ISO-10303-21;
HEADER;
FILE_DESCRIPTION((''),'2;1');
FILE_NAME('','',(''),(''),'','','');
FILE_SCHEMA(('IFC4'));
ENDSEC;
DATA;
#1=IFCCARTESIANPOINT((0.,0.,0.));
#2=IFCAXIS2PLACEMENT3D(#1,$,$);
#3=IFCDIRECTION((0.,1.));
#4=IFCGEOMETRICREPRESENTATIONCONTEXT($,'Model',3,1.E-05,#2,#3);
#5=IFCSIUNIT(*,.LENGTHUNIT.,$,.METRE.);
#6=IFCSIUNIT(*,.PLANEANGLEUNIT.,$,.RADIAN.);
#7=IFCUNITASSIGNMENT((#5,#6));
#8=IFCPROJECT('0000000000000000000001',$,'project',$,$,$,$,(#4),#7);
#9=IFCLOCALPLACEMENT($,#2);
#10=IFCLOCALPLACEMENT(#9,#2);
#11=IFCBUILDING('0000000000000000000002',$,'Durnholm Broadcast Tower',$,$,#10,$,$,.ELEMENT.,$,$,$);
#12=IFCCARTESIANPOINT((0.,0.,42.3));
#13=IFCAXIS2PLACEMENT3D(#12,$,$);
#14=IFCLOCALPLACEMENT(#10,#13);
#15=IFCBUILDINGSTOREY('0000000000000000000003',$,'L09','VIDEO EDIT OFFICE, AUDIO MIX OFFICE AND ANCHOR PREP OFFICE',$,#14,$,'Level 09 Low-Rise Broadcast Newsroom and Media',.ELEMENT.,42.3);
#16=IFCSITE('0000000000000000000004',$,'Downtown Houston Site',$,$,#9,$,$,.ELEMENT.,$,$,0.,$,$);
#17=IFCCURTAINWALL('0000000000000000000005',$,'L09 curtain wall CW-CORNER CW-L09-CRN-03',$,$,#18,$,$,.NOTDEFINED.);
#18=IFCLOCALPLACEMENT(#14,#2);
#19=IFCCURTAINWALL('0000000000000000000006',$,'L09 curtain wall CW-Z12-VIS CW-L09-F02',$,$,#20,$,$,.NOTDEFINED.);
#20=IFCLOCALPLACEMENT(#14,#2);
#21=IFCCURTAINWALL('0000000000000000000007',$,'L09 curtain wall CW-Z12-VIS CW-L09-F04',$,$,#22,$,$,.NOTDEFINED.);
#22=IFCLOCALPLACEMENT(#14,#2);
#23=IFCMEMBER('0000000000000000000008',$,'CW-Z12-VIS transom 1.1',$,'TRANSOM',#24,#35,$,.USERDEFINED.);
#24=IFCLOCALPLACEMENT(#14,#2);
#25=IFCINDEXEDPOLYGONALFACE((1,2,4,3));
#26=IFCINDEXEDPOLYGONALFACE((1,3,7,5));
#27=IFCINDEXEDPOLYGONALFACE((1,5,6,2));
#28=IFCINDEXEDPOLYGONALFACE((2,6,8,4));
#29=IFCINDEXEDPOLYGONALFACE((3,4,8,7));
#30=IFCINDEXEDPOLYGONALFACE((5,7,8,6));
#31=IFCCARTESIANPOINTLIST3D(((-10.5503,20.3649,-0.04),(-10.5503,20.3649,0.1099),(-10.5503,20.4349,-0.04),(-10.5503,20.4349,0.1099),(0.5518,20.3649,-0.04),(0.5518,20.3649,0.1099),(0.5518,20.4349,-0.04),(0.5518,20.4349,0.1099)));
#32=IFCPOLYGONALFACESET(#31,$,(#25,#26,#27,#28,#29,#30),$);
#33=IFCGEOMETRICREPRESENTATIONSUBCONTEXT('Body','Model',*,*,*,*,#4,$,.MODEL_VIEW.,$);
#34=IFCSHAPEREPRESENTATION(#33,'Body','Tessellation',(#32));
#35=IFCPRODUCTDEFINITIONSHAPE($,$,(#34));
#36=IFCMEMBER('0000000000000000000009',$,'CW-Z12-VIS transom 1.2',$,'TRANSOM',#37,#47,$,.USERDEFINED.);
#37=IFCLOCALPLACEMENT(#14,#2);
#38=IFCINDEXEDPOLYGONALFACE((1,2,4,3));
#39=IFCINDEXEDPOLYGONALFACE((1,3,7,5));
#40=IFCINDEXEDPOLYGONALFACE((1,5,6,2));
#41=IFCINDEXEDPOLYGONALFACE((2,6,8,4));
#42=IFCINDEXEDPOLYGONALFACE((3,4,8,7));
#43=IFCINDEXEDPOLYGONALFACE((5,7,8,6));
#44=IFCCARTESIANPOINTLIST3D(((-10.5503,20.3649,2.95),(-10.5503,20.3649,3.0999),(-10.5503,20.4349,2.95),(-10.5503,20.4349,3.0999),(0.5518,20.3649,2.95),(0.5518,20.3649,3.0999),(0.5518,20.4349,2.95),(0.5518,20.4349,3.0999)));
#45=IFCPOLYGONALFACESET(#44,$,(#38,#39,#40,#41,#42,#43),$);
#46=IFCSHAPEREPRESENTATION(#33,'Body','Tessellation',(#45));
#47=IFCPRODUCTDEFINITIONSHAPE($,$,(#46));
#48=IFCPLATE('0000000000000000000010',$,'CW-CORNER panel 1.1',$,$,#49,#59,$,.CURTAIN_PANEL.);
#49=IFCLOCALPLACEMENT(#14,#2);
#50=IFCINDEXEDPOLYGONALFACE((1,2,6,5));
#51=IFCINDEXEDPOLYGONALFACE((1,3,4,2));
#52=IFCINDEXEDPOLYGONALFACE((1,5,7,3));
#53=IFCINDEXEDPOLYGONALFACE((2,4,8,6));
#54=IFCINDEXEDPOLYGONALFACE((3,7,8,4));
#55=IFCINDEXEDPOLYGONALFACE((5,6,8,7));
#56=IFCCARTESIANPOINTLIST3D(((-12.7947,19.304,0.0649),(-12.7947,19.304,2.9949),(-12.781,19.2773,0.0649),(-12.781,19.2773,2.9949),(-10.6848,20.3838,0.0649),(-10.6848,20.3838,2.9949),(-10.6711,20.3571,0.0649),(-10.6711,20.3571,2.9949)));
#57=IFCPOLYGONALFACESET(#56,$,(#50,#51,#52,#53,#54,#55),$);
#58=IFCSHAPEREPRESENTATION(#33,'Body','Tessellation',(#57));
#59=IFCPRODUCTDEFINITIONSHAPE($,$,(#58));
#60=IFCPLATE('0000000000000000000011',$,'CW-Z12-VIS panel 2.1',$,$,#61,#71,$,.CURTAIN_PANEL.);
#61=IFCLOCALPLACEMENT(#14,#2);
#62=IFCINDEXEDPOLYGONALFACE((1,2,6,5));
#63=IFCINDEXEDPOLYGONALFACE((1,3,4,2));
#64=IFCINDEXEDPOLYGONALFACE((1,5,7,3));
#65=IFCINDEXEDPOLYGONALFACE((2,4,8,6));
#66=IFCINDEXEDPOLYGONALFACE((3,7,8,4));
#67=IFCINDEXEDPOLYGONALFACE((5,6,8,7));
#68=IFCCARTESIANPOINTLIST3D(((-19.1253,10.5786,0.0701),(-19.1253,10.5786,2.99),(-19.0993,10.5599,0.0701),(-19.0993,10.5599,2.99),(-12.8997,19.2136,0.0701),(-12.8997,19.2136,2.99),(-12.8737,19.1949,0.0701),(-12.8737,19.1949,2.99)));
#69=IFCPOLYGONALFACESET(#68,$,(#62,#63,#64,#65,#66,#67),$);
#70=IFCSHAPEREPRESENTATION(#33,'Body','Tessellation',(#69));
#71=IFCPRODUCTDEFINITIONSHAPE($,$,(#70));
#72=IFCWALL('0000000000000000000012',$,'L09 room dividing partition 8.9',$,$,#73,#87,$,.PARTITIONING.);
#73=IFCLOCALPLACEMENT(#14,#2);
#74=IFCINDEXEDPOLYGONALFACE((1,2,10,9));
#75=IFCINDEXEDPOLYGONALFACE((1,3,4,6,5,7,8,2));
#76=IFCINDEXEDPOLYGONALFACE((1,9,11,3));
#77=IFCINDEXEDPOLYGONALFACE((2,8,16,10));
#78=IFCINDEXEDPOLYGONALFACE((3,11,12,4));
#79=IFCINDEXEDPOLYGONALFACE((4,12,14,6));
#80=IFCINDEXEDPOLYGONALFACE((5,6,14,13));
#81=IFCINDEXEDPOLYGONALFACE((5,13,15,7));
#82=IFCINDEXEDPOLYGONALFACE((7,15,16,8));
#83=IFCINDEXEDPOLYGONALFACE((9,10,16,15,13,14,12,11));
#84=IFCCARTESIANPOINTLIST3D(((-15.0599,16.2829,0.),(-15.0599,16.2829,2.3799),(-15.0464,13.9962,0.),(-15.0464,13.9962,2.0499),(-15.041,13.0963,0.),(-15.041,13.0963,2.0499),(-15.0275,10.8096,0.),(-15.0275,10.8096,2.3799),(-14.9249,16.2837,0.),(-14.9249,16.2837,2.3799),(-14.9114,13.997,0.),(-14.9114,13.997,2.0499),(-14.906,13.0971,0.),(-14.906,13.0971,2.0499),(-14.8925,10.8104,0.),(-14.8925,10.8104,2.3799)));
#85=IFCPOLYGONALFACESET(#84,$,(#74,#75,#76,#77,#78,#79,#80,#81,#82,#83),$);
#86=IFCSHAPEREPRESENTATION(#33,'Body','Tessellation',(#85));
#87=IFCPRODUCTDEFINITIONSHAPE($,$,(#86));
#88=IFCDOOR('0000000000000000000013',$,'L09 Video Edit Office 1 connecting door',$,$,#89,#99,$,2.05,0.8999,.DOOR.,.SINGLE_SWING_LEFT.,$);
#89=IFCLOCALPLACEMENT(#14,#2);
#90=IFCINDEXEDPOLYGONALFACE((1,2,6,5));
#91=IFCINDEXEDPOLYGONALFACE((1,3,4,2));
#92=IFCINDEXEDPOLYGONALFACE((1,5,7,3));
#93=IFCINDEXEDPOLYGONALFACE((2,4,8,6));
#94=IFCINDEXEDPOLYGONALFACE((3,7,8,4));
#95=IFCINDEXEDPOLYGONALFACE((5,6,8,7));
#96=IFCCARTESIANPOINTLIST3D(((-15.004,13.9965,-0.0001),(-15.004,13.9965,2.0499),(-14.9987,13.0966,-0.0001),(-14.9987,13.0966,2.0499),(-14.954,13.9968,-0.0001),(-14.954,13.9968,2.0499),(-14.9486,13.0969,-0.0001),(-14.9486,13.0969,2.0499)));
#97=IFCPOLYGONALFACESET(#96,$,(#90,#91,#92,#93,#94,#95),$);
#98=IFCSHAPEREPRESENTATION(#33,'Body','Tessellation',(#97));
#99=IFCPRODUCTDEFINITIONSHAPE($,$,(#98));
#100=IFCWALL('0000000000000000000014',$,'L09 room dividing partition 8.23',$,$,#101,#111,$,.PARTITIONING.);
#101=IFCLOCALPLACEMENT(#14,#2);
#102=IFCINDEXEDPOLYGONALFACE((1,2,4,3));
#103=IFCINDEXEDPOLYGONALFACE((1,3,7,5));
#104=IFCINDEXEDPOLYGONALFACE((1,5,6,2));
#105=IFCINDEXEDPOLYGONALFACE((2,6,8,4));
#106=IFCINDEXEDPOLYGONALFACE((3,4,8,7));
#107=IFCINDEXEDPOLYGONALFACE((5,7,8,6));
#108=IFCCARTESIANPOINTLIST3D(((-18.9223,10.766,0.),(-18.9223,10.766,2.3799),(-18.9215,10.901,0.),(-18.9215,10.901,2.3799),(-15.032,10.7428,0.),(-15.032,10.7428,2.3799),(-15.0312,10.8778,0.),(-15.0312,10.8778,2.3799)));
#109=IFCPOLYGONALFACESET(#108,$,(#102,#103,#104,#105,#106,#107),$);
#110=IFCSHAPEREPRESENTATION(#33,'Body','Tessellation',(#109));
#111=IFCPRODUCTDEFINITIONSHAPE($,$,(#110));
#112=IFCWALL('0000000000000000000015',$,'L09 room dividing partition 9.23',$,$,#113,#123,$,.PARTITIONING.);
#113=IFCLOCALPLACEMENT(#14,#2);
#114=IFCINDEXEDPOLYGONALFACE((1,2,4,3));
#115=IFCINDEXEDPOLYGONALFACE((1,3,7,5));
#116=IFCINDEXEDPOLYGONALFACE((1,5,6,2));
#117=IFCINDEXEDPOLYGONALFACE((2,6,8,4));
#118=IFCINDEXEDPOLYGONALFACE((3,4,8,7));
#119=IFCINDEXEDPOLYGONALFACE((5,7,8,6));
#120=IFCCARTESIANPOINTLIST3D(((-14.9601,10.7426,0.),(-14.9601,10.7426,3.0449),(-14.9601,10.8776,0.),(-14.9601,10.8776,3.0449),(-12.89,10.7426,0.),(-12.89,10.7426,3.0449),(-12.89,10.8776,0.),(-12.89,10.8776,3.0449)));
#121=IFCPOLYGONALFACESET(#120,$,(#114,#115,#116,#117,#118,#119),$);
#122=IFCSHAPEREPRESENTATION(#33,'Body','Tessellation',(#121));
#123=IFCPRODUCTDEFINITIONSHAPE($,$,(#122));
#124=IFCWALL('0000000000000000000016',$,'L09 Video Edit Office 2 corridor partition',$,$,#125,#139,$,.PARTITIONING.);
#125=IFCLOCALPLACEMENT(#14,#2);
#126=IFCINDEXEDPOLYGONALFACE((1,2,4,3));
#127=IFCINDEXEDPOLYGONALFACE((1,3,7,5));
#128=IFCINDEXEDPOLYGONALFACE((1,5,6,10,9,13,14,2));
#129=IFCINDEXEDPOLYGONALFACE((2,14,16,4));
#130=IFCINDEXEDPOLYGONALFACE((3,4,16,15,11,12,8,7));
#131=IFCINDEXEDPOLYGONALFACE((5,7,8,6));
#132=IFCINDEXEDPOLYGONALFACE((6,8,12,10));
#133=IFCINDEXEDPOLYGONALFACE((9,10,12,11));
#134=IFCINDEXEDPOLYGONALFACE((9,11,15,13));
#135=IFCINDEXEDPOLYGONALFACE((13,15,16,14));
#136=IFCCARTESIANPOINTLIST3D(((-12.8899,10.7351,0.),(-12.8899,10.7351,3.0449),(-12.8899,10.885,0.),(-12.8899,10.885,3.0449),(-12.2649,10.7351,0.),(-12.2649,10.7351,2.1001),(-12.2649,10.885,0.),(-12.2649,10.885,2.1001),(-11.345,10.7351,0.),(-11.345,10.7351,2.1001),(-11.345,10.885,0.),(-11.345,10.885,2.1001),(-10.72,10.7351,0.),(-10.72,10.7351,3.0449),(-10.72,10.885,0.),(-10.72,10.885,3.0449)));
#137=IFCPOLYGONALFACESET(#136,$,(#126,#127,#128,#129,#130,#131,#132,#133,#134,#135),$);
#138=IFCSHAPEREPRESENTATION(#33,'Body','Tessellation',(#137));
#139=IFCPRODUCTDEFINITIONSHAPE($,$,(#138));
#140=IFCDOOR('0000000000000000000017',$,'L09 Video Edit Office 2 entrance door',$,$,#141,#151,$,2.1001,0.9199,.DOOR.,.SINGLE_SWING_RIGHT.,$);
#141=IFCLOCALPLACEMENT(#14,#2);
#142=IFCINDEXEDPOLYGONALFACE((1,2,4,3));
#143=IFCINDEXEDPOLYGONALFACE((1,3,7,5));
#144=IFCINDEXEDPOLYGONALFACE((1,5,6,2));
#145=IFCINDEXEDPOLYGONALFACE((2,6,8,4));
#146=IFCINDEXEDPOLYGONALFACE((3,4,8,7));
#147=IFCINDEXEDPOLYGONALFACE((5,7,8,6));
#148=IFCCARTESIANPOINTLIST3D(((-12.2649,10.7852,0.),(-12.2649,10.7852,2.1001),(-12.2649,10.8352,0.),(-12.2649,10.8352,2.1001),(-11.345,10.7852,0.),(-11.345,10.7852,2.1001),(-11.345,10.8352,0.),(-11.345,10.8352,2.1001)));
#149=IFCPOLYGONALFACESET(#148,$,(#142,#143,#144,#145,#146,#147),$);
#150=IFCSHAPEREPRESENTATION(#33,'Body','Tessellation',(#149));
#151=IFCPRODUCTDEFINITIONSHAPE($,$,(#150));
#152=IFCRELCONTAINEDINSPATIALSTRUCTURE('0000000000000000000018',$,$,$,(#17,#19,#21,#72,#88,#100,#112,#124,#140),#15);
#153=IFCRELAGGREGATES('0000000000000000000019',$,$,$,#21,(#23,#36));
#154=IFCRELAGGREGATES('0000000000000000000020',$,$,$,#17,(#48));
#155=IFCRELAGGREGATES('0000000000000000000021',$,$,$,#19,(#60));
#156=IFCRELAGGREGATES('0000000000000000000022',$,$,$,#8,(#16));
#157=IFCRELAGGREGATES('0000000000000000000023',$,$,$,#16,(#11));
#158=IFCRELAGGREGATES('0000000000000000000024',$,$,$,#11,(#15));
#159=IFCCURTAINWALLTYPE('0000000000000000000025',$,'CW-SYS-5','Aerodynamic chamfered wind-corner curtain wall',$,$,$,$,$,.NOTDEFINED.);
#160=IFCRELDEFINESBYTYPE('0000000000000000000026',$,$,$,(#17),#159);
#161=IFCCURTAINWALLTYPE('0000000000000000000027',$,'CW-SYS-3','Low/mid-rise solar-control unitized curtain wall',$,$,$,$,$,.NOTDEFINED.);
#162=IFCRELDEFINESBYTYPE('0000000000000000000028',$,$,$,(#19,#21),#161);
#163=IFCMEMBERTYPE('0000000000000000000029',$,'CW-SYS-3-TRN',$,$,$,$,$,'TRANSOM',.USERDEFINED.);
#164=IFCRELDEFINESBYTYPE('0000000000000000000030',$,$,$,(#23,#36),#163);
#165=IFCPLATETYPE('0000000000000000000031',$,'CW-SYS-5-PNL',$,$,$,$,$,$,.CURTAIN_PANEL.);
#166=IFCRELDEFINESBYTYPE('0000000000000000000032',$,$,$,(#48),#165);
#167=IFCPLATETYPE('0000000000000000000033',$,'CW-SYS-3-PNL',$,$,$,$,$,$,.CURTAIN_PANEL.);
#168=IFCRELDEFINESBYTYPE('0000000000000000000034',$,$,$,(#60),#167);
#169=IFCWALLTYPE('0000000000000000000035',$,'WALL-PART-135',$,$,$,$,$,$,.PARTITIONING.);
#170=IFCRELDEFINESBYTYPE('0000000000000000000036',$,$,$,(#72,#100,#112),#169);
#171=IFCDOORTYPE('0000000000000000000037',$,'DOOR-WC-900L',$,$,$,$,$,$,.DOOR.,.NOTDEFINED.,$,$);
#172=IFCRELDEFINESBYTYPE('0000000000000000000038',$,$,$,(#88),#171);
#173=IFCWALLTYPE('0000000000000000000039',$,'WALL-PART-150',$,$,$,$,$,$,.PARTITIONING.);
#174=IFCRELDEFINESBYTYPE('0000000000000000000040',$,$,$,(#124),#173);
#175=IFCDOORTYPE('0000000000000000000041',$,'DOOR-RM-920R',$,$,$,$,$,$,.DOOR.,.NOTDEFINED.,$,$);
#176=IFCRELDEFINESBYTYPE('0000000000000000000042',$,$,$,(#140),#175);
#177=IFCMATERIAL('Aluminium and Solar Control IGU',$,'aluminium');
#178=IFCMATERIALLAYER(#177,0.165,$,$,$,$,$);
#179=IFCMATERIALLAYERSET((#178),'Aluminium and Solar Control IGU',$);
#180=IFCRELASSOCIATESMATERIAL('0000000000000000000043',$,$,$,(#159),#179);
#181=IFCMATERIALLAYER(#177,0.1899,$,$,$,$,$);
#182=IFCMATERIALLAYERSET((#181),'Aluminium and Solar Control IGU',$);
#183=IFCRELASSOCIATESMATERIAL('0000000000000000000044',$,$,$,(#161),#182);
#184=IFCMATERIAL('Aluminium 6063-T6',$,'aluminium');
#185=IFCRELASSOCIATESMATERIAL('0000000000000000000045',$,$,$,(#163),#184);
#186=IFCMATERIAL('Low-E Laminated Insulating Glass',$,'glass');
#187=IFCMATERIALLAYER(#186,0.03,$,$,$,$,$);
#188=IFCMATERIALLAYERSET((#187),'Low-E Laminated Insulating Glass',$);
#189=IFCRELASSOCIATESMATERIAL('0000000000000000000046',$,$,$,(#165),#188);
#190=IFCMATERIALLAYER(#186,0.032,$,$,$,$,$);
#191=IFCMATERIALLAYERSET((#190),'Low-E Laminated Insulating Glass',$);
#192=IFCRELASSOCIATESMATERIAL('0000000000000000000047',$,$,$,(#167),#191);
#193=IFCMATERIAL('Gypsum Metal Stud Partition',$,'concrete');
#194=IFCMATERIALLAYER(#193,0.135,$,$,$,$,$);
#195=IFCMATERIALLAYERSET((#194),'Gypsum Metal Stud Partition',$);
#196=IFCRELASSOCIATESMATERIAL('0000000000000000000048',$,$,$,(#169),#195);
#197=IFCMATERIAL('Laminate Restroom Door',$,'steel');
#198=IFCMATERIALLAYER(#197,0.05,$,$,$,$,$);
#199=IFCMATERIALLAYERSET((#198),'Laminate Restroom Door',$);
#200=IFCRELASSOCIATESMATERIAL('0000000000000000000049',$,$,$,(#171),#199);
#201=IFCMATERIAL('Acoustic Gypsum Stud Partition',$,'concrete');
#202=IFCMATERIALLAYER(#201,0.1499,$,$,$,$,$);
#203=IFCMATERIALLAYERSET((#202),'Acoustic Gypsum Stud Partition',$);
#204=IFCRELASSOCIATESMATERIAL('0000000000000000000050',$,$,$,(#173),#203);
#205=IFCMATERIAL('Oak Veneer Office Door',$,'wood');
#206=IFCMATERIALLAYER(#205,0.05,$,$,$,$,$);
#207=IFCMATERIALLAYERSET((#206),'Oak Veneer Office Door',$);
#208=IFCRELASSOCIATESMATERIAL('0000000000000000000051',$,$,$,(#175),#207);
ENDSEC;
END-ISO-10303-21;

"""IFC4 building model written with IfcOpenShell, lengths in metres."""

from ifc_helpers import new_model, si_unit, direction, frame, frame_2d, origin, origin_2d, place, context, subcontext, project, spatial, rectangle, extrude, source, transform, mapped, material, layer, layer_set, material_profile, profile_set, type_object, type_shapes, element, fill, aggregate, save


model = new_model("IFC4")

# Units and contexts
model_context = context("Model", 3, precision=1e-05, world=origin(), true_north=direction((0.0, 1.0)))
body_context = subcontext(model_context, "Body", "Model", "MODEL_VIEW")
ifc_project = project(units=[si_unit("LENGTHUNIT", "METRE"), si_unit("PLANEANGLEUNIT", "RADIAN")], contexts=[model_context])

# Site, building, storey
site_placement = place(None, origin())
site = spatial("IfcSite", under=ifc_project, at=site_placement, Name="Downtown Houston Site", CompositionType="ELEMENT", RefElevation=0.0)
building_placement = place(site_placement, origin())
building = spatial("IfcBuilding", under=site, at=building_placement, Name="Durnholm Broadcast Tower", CompositionType="ELEMENT")
storey_placement = place(building_placement, frame((0.0, 0.0, 42.3)))
storey = spatial("IfcBuildingStorey", under=building, at=storey_placement, Name="L09", Description="VIDEO EDIT OFFICE, AUDIO MIX OFFICE AND ANCHOR PREP OFFICE", LongName="Level 09 Low-Rise Broadcast Newsroom and Media", CompositionType="ELEMENT", Elevation=42.3)

# Curtain wall
ifc_material_1 = material(Name="Aluminium and Solar Control IGU", Category="aluminium")
ifc_layer_1 = layer(ifc_material_1, 0.165)
ifc_layer_set_1 = layer_set([ifc_layer_1], Name="Aluminium and Solar Control IGU")
curtain_wall_type_1 = type_object("IfcCurtainWallType", Name="CW-SYS-5", Description="Aerodynamic chamfered wind-corner curtain wall", PredefinedType="NOTDEFINED", material=ifc_layer_set_1)
curtain_wall_1_placement = place(storey_placement, origin())
curtain_wall_1 = element("IfcCurtainWall", 1, at=curtain_wall_1_placement, inside=storey, type_object=curtain_wall_type_1, Name="L09 curtain wall CW-CORNER CW-L09-CRN-03", PredefinedType="NOTDEFINED")
ifc_material_2 = material(Name="Aluminium 6063-T6", Category="aluminium")

# Curtain wall
ifc_layer_2 = layer(ifc_material_1, 0.1899)
ifc_layer_set_2 = layer_set([ifc_layer_2], Name="Aluminium and Solar Control IGU")
curtain_wall_type_2 = type_object("IfcCurtainWallType", Name="CW-SYS-3", Description="Low/mid-rise solar-control unitized curtain wall", PredefinedType="NOTDEFINED", material=ifc_layer_set_2)
curtain_wall_2_placement = place(storey_placement, origin())
curtain_wall_2 = element("IfcCurtainWall", 2, at=curtain_wall_2_placement, inside=storey, type_object=curtain_wall_type_2, Name="L09 curtain wall CW-Z12-VIS CW-L09-F02", PredefinedType="NOTDEFINED")

# Curtain wall, members
curtain_wall_3_placement = place(storey_placement, origin())
curtain_wall_3 = element("IfcCurtainWall", 3, at=curtain_wall_3_placement, inside=storey, type_object=curtain_wall_type_2, Name="L09 curtain wall CW-Z12-VIS CW-L09-F04", PredefinedType="NOTDEFINED")
ifc_material_profile_1 = material_profile(ifc_material_2, rectangle(XDim=0.0701, YDim=0.1499, at=origin_2d()), Name="CWT70X150")
ifc_profile_set_1 = profile_set([ifc_material_profile_1], Name="Aluminium 6063-T6")
member_type_1 = type_object("IfcMemberType", Name="CW-SYS-3-TRN", ElementType="TRANSOM", PredefinedType="USERDEFINED", material=ifc_profile_set_1)
shared_shape_1 = source(origin(), body_context, "Body", "SweptSolid", [
    extrude(rectangle(XDim=0.0701, YDim=0.1499, at=origin_2d()), origin(), (0.0, 0.0, 1.0), 11.1021),
])
type_shapes(member_type_1, [shared_shape_1])
member_1_placement = place(storey_placement, frame((-10.5503, 20.3999, 0.0349), z_axis=(1.0, 0.0, 0.0), x_axis=(0.0, 1.0, 0.0)))
member_1 = element("IfcMember", 4, at=member_1_placement, type_object=member_type_1, Name="CW-Z12-VIS transom 1.1", ObjectType="TRANSOM", PredefinedType="USERDEFINED", context=body_context, shape_type="MappedRepresentation", body=[
    mapped(shared_shape_1, transform((0.0, 0.0, 0.0), x_axis=(1.0, 0.0, 0.0), y_axis=(0.0, 1.0, 0.0), z_axis=(0.0, 0.0, 1.0), scale=1.0)),
])
member_2_placement = place(storey_placement, frame((-10.5503, 20.3999, 3.0249), z_axis=(1.0, 0.0, 0.0), x_axis=(0.0, 1.0, 0.0)))
member_2 = element("IfcMember", 5, at=member_2_placement, type_object=member_type_1, Name="CW-Z12-VIS transom 1.2", ObjectType="TRANSOM", PredefinedType="USERDEFINED", context=body_context, shape_type="MappedRepresentation", body=[
    mapped(shared_shape_1, transform((0.0, 0.0, 0.0), x_axis=(1.0, 0.0, 0.0), y_axis=(0.0, 1.0, 0.0), z_axis=(0.0, 0.0, 1.0), scale=1.0)),
])
aggregate(curtain_wall_3, [member_1, member_2])

# Plates
ifc_material_3 = material(Name="Low-E Laminated Insulating Glass", Category="glass")
ifc_layer_3 = layer(ifc_material_3, 0.03)
ifc_layer_set_3 = layer_set([ifc_layer_3], Name="Low-E Laminated Insulating Glass")
plate_type_1 = type_object("IfcPlateType", Name="CW-SYS-5-PNL", PredefinedType="CURTAIN_PANEL", material=ifc_layer_set_3)
shared_shape_2 = source(origin(), body_context, "Body", "SweptSolid", [
    extrude(rectangle(XDim=2.3701, YDim=0.03, at=origin_2d()), origin(), (0.0, 0.0, 1.0), 2.9299),
])
type_shapes(plate_type_1, [shared_shape_2])
plate_1_placement = place(storey_placement, frame((-11.7329, 19.8306, 0.0649), z_axis=(0.0, 0.0, 1.0), x_axis=(0.890188, 0.455594, 0.0)))
plate_1 = element("IfcPlate", 6, at=plate_1_placement, type_object=plate_type_1, Name="CW-CORNER panel 1.1", PredefinedType="CURTAIN_PANEL", context=body_context, shape_type="MappedRepresentation", body=[
    mapped(shared_shape_2, transform((0.0, 0.0, 0.0), x_axis=(1.0, 0.0, 0.0), y_axis=(0.0, 1.0, 0.0), z_axis=(0.0, 0.0, 1.0), scale=1.0)),
])
aggregate(curtain_wall_1, [plate_1])
ifc_layer_4 = layer(ifc_material_3, 0.032)
ifc_layer_set_4 = layer_set([ifc_layer_4], Name="Low-E Laminated Insulating Glass")
plate_type_2 = type_object("IfcPlateType", Name="CW-SYS-3-PNL", PredefinedType="CURTAIN_PANEL", material=ifc_layer_set_4)
shared_shape_3 = source(origin(), body_context, "Body", "SweptSolid", [
    extrude(rectangle(XDim=10.6453, YDim=0.032, at=origin_2d()), origin(), (0.0, 0.0, 1.0), 2.9199),
])
type_shapes(plate_type_2, [shared_shape_3])
plate_2_placement = place(storey_placement, frame((-15.9995, 14.8867, 0.0701), z_axis=(0.0, 0.0, 1.0), x_axis=(0.584823, 0.811161, 0.0)))
plate_2 = element("IfcPlate", 7, at=plate_2_placement, type_object=plate_type_2, Name="CW-Z12-VIS panel 2.1", PredefinedType="CURTAIN_PANEL", context=body_context, shape_type="MappedRepresentation", body=[
    mapped(shared_shape_3, transform((0.0, 0.0, 0.0), x_axis=(1.0, 0.0, 0.0), y_axis=(0.0, 1.0, 0.0), z_axis=(0.0, 0.0, 1.0), scale=1.0)),
])
aggregate(curtain_wall_2, [plate_2])

# Wall, opening, door
ifc_material_4 = material(Name="Gypsum Metal Stud Partition", Category="concrete")
ifc_layer_5 = layer(ifc_material_4, 0.135)
ifc_layer_set_5 = layer_set([ifc_layer_5], Name="Gypsum Metal Stud Partition")
wall_type_1 = type_object("IfcWallType", Name="WALL-PART-135", PredefinedType="PARTITIONING", material=ifc_layer_set_5)
wall_1_placement = place(storey_placement, frame((-14.9924, 16.2834, 0.0), z_axis=(0.0, 0.0, 1.0), x_axis=(0.005932, -0.999982, 0.0)))
wall_1 = element("IfcWall", 8, at=wall_1_placement, inside=storey, type_object=wall_type_1, Name="L09 room dividing partition 8.9", PredefinedType="PARTITIONING", context=body_context, shape_type="SweptSolid", body=[
    extrude(rectangle(XDim=5.4734, YDim=0.135, at=frame_2d((2.7368, 0.0))), origin(), (0.0, 0.0, 1.0), 2.3799),
])
opening_1_placement = place(wall_1_placement, frame((2.2869, 0.0, 0.0)))
opening_1 = element("IfcOpeningElement", 9, at=opening_1_placement, cuts=wall_1, PredefinedType="OPENING", context=body_context, shape_type="SweptSolid", body=[
    extrude(rectangle(XDim=0.8999, YDim=2.05, at=frame_2d((0.45, 1.0249))), frame((0.0, 0.0776, 0.0), z_axis=(0.0, -1.0, 0.0), x_axis=(1.0, 0.0, 0.0)), (0.0, 0.0, 1.0), 0.155),
])
ifc_material_5 = material(Name="Laminate Restroom Door", Category="steel")
ifc_layer_6 = layer(ifc_material_5, 0.05)
ifc_layer_set_6 = layer_set([ifc_layer_6], Name="Laminate Restroom Door")
door_type_1 = type_object("IfcDoorType", Name="DOOR-WC-900L", OperationType="NOTDEFINED", PredefinedType="DOOR", material=ifc_layer_set_6)
shared_shape_4 = source(origin(), body_context, "Body", "SweptSolid", [
    extrude(rectangle(XDim=0.8999, YDim=2.05, at=frame_2d((0.45, 1.0249))), frame((0.0, 0.0249, 0.0), z_axis=(0.0, -1.0, 0.0), x_axis=(1.0, 0.0, 0.0)), (0.0, 0.0, 1.0), 0.05),
])
type_shapes(door_type_1, [shared_shape_4])
door_1_placement = place(opening_1_placement, origin())
door_1 = element("IfcDoor", 10, at=door_1_placement, inside=storey, type_object=door_type_1, Name="L09 Video Edit Office 1 connecting door", OperationType="SINGLE_SWING_LEFT", OverallHeight=2.05, OverallWidth=0.8999, PredefinedType="DOOR", context=body_context, shape_type="MappedRepresentation", body=[
    mapped(shared_shape_4, transform((0.0, 0.0, 0.0), x_axis=(1.0, 0.0, 0.0), y_axis=(0.0, 1.0, 0.0), z_axis=(0.0, 0.0, 1.0), scale=1.0)),
])
fill(opening_1, door_1)

# Walls
wall_2_placement = place(storey_placement, frame((-15.0315, 10.8103, 0.0), z_axis=(0.0, 0.0, 1.0), x_axis=(-0.999982, 0.005962, 0.0)))
element("IfcWall", 11, at=wall_2_placement, inside=storey, type_object=wall_type_1, Name="L09 room dividing partition 8.23", PredefinedType="PARTITIONING", context=body_context, shape_type="SweptSolid", body=[
    extrude(rectangle(XDim=3.8904, YDim=0.135, at=frame_2d((1.9453, 0.0))), origin(), (0.0, 0.0, 1.0), 2.3799),
])
wall_3_placement = place(storey_placement, frame((-12.8899, 10.8101, 0.0), z_axis=(0.0, 0.0, 1.0), x_axis=(-1.0, 0.0, 0.0)))
element("IfcWall", 12, at=wall_3_placement, inside=storey, type_object=wall_type_1, Name="L09 room dividing partition 9.23", PredefinedType="PARTITIONING", context=body_context, shape_type="SweptSolid", body=[
    extrude(rectangle(XDim=2.0701, YDim=0.135, at=frame_2d((1.0352, 0.0))), origin(), (0.0, 0.0, 1.0), 3.0449),
])

# Wall, opening, door
ifc_material_6 = material(Name="Acoustic Gypsum Stud Partition", Category="concrete")
ifc_layer_7 = layer(ifc_material_6, 0.1499)
ifc_layer_set_7 = layer_set([ifc_layer_7], Name="Acoustic Gypsum Stud Partition")
wall_type_2 = type_object("IfcWallType", Name="WALL-PART-150", PredefinedType="PARTITIONING", material=ifc_layer_set_7)
wall_4_placement = place(storey_placement, frame((-10.72, 10.8101, 0.0), z_axis=(0.0, 0.0, 1.0), x_axis=(-1.0, 0.0, 0.0)))
wall_4 = element("IfcWall", 13, at=wall_4_placement, inside=storey, type_object=wall_type_2, Name="L09 Video Edit Office 2 corridor partition", PredefinedType="PARTITIONING", context=body_context, shape_type="SweptSolid", body=[
    extrude(rectangle(XDim=2.1699, YDim=0.1499, at=frame_2d((1.085, 0.0))), origin(), (0.0, 0.0, 1.0), 3.0449),
])
opening_2_placement = place(wall_4_placement, frame((0.625, 0.0, 0.0)))
opening_2 = element("IfcOpeningElement", 14, at=opening_2_placement, cuts=wall_4, PredefinedType="OPENING", context=body_context, shape_type="SweptSolid", body=[
    extrude(rectangle(XDim=0.9199, YDim=2.1001, at=frame_2d((0.46, 1.05))), frame((0.0, 0.085, 0.0), z_axis=(0.0, -1.0, 0.0), x_axis=(1.0, 0.0, 0.0)), (0.0, 0.0, 1.0), 0.1699),
])
ifc_material_7 = material(Name="Oak Veneer Office Door", Category="wood")
ifc_layer_8 = layer(ifc_material_7, 0.05)
ifc_layer_set_8 = layer_set([ifc_layer_8], Name="Oak Veneer Office Door")
door_type_2 = type_object("IfcDoorType", Name="DOOR-RM-920R", OperationType="NOTDEFINED", PredefinedType="DOOR", material=ifc_layer_set_8)
shared_shape_5 = source(origin(), body_context, "Body", "SweptSolid", [
    extrude(rectangle(XDim=0.9199, YDim=2.1001, at=frame_2d((0.46, 1.05))), frame((0.0, 0.0249, 0.0), z_axis=(0.0, -1.0, 0.0), x_axis=(1.0, 0.0, 0.0)), (0.0, 0.0, 1.0), 0.05),
])
type_shapes(door_type_2, [shared_shape_5])
door_2_placement = place(opening_2_placement, origin())
door_2 = element("IfcDoor", 15, at=door_2_placement, inside=storey, type_object=door_type_2, Name="L09 Video Edit Office 2 entrance door", OperationType="SINGLE_SWING_RIGHT", OverallHeight=2.1001, OverallWidth=0.9199, PredefinedType="DOOR", context=body_context, shape_type="MappedRepresentation", body=[
    mapped(shared_shape_5, transform((0.0, 0.0, 0.0), x_axis=(1.0, 0.0, 0.0), y_axis=(0.0, 1.0, 0.0), z_axis=(0.0, 0.0, 1.0), scale=1.0)),
])
fill(opening_2, door_2)

save(model, "model.ifc")
